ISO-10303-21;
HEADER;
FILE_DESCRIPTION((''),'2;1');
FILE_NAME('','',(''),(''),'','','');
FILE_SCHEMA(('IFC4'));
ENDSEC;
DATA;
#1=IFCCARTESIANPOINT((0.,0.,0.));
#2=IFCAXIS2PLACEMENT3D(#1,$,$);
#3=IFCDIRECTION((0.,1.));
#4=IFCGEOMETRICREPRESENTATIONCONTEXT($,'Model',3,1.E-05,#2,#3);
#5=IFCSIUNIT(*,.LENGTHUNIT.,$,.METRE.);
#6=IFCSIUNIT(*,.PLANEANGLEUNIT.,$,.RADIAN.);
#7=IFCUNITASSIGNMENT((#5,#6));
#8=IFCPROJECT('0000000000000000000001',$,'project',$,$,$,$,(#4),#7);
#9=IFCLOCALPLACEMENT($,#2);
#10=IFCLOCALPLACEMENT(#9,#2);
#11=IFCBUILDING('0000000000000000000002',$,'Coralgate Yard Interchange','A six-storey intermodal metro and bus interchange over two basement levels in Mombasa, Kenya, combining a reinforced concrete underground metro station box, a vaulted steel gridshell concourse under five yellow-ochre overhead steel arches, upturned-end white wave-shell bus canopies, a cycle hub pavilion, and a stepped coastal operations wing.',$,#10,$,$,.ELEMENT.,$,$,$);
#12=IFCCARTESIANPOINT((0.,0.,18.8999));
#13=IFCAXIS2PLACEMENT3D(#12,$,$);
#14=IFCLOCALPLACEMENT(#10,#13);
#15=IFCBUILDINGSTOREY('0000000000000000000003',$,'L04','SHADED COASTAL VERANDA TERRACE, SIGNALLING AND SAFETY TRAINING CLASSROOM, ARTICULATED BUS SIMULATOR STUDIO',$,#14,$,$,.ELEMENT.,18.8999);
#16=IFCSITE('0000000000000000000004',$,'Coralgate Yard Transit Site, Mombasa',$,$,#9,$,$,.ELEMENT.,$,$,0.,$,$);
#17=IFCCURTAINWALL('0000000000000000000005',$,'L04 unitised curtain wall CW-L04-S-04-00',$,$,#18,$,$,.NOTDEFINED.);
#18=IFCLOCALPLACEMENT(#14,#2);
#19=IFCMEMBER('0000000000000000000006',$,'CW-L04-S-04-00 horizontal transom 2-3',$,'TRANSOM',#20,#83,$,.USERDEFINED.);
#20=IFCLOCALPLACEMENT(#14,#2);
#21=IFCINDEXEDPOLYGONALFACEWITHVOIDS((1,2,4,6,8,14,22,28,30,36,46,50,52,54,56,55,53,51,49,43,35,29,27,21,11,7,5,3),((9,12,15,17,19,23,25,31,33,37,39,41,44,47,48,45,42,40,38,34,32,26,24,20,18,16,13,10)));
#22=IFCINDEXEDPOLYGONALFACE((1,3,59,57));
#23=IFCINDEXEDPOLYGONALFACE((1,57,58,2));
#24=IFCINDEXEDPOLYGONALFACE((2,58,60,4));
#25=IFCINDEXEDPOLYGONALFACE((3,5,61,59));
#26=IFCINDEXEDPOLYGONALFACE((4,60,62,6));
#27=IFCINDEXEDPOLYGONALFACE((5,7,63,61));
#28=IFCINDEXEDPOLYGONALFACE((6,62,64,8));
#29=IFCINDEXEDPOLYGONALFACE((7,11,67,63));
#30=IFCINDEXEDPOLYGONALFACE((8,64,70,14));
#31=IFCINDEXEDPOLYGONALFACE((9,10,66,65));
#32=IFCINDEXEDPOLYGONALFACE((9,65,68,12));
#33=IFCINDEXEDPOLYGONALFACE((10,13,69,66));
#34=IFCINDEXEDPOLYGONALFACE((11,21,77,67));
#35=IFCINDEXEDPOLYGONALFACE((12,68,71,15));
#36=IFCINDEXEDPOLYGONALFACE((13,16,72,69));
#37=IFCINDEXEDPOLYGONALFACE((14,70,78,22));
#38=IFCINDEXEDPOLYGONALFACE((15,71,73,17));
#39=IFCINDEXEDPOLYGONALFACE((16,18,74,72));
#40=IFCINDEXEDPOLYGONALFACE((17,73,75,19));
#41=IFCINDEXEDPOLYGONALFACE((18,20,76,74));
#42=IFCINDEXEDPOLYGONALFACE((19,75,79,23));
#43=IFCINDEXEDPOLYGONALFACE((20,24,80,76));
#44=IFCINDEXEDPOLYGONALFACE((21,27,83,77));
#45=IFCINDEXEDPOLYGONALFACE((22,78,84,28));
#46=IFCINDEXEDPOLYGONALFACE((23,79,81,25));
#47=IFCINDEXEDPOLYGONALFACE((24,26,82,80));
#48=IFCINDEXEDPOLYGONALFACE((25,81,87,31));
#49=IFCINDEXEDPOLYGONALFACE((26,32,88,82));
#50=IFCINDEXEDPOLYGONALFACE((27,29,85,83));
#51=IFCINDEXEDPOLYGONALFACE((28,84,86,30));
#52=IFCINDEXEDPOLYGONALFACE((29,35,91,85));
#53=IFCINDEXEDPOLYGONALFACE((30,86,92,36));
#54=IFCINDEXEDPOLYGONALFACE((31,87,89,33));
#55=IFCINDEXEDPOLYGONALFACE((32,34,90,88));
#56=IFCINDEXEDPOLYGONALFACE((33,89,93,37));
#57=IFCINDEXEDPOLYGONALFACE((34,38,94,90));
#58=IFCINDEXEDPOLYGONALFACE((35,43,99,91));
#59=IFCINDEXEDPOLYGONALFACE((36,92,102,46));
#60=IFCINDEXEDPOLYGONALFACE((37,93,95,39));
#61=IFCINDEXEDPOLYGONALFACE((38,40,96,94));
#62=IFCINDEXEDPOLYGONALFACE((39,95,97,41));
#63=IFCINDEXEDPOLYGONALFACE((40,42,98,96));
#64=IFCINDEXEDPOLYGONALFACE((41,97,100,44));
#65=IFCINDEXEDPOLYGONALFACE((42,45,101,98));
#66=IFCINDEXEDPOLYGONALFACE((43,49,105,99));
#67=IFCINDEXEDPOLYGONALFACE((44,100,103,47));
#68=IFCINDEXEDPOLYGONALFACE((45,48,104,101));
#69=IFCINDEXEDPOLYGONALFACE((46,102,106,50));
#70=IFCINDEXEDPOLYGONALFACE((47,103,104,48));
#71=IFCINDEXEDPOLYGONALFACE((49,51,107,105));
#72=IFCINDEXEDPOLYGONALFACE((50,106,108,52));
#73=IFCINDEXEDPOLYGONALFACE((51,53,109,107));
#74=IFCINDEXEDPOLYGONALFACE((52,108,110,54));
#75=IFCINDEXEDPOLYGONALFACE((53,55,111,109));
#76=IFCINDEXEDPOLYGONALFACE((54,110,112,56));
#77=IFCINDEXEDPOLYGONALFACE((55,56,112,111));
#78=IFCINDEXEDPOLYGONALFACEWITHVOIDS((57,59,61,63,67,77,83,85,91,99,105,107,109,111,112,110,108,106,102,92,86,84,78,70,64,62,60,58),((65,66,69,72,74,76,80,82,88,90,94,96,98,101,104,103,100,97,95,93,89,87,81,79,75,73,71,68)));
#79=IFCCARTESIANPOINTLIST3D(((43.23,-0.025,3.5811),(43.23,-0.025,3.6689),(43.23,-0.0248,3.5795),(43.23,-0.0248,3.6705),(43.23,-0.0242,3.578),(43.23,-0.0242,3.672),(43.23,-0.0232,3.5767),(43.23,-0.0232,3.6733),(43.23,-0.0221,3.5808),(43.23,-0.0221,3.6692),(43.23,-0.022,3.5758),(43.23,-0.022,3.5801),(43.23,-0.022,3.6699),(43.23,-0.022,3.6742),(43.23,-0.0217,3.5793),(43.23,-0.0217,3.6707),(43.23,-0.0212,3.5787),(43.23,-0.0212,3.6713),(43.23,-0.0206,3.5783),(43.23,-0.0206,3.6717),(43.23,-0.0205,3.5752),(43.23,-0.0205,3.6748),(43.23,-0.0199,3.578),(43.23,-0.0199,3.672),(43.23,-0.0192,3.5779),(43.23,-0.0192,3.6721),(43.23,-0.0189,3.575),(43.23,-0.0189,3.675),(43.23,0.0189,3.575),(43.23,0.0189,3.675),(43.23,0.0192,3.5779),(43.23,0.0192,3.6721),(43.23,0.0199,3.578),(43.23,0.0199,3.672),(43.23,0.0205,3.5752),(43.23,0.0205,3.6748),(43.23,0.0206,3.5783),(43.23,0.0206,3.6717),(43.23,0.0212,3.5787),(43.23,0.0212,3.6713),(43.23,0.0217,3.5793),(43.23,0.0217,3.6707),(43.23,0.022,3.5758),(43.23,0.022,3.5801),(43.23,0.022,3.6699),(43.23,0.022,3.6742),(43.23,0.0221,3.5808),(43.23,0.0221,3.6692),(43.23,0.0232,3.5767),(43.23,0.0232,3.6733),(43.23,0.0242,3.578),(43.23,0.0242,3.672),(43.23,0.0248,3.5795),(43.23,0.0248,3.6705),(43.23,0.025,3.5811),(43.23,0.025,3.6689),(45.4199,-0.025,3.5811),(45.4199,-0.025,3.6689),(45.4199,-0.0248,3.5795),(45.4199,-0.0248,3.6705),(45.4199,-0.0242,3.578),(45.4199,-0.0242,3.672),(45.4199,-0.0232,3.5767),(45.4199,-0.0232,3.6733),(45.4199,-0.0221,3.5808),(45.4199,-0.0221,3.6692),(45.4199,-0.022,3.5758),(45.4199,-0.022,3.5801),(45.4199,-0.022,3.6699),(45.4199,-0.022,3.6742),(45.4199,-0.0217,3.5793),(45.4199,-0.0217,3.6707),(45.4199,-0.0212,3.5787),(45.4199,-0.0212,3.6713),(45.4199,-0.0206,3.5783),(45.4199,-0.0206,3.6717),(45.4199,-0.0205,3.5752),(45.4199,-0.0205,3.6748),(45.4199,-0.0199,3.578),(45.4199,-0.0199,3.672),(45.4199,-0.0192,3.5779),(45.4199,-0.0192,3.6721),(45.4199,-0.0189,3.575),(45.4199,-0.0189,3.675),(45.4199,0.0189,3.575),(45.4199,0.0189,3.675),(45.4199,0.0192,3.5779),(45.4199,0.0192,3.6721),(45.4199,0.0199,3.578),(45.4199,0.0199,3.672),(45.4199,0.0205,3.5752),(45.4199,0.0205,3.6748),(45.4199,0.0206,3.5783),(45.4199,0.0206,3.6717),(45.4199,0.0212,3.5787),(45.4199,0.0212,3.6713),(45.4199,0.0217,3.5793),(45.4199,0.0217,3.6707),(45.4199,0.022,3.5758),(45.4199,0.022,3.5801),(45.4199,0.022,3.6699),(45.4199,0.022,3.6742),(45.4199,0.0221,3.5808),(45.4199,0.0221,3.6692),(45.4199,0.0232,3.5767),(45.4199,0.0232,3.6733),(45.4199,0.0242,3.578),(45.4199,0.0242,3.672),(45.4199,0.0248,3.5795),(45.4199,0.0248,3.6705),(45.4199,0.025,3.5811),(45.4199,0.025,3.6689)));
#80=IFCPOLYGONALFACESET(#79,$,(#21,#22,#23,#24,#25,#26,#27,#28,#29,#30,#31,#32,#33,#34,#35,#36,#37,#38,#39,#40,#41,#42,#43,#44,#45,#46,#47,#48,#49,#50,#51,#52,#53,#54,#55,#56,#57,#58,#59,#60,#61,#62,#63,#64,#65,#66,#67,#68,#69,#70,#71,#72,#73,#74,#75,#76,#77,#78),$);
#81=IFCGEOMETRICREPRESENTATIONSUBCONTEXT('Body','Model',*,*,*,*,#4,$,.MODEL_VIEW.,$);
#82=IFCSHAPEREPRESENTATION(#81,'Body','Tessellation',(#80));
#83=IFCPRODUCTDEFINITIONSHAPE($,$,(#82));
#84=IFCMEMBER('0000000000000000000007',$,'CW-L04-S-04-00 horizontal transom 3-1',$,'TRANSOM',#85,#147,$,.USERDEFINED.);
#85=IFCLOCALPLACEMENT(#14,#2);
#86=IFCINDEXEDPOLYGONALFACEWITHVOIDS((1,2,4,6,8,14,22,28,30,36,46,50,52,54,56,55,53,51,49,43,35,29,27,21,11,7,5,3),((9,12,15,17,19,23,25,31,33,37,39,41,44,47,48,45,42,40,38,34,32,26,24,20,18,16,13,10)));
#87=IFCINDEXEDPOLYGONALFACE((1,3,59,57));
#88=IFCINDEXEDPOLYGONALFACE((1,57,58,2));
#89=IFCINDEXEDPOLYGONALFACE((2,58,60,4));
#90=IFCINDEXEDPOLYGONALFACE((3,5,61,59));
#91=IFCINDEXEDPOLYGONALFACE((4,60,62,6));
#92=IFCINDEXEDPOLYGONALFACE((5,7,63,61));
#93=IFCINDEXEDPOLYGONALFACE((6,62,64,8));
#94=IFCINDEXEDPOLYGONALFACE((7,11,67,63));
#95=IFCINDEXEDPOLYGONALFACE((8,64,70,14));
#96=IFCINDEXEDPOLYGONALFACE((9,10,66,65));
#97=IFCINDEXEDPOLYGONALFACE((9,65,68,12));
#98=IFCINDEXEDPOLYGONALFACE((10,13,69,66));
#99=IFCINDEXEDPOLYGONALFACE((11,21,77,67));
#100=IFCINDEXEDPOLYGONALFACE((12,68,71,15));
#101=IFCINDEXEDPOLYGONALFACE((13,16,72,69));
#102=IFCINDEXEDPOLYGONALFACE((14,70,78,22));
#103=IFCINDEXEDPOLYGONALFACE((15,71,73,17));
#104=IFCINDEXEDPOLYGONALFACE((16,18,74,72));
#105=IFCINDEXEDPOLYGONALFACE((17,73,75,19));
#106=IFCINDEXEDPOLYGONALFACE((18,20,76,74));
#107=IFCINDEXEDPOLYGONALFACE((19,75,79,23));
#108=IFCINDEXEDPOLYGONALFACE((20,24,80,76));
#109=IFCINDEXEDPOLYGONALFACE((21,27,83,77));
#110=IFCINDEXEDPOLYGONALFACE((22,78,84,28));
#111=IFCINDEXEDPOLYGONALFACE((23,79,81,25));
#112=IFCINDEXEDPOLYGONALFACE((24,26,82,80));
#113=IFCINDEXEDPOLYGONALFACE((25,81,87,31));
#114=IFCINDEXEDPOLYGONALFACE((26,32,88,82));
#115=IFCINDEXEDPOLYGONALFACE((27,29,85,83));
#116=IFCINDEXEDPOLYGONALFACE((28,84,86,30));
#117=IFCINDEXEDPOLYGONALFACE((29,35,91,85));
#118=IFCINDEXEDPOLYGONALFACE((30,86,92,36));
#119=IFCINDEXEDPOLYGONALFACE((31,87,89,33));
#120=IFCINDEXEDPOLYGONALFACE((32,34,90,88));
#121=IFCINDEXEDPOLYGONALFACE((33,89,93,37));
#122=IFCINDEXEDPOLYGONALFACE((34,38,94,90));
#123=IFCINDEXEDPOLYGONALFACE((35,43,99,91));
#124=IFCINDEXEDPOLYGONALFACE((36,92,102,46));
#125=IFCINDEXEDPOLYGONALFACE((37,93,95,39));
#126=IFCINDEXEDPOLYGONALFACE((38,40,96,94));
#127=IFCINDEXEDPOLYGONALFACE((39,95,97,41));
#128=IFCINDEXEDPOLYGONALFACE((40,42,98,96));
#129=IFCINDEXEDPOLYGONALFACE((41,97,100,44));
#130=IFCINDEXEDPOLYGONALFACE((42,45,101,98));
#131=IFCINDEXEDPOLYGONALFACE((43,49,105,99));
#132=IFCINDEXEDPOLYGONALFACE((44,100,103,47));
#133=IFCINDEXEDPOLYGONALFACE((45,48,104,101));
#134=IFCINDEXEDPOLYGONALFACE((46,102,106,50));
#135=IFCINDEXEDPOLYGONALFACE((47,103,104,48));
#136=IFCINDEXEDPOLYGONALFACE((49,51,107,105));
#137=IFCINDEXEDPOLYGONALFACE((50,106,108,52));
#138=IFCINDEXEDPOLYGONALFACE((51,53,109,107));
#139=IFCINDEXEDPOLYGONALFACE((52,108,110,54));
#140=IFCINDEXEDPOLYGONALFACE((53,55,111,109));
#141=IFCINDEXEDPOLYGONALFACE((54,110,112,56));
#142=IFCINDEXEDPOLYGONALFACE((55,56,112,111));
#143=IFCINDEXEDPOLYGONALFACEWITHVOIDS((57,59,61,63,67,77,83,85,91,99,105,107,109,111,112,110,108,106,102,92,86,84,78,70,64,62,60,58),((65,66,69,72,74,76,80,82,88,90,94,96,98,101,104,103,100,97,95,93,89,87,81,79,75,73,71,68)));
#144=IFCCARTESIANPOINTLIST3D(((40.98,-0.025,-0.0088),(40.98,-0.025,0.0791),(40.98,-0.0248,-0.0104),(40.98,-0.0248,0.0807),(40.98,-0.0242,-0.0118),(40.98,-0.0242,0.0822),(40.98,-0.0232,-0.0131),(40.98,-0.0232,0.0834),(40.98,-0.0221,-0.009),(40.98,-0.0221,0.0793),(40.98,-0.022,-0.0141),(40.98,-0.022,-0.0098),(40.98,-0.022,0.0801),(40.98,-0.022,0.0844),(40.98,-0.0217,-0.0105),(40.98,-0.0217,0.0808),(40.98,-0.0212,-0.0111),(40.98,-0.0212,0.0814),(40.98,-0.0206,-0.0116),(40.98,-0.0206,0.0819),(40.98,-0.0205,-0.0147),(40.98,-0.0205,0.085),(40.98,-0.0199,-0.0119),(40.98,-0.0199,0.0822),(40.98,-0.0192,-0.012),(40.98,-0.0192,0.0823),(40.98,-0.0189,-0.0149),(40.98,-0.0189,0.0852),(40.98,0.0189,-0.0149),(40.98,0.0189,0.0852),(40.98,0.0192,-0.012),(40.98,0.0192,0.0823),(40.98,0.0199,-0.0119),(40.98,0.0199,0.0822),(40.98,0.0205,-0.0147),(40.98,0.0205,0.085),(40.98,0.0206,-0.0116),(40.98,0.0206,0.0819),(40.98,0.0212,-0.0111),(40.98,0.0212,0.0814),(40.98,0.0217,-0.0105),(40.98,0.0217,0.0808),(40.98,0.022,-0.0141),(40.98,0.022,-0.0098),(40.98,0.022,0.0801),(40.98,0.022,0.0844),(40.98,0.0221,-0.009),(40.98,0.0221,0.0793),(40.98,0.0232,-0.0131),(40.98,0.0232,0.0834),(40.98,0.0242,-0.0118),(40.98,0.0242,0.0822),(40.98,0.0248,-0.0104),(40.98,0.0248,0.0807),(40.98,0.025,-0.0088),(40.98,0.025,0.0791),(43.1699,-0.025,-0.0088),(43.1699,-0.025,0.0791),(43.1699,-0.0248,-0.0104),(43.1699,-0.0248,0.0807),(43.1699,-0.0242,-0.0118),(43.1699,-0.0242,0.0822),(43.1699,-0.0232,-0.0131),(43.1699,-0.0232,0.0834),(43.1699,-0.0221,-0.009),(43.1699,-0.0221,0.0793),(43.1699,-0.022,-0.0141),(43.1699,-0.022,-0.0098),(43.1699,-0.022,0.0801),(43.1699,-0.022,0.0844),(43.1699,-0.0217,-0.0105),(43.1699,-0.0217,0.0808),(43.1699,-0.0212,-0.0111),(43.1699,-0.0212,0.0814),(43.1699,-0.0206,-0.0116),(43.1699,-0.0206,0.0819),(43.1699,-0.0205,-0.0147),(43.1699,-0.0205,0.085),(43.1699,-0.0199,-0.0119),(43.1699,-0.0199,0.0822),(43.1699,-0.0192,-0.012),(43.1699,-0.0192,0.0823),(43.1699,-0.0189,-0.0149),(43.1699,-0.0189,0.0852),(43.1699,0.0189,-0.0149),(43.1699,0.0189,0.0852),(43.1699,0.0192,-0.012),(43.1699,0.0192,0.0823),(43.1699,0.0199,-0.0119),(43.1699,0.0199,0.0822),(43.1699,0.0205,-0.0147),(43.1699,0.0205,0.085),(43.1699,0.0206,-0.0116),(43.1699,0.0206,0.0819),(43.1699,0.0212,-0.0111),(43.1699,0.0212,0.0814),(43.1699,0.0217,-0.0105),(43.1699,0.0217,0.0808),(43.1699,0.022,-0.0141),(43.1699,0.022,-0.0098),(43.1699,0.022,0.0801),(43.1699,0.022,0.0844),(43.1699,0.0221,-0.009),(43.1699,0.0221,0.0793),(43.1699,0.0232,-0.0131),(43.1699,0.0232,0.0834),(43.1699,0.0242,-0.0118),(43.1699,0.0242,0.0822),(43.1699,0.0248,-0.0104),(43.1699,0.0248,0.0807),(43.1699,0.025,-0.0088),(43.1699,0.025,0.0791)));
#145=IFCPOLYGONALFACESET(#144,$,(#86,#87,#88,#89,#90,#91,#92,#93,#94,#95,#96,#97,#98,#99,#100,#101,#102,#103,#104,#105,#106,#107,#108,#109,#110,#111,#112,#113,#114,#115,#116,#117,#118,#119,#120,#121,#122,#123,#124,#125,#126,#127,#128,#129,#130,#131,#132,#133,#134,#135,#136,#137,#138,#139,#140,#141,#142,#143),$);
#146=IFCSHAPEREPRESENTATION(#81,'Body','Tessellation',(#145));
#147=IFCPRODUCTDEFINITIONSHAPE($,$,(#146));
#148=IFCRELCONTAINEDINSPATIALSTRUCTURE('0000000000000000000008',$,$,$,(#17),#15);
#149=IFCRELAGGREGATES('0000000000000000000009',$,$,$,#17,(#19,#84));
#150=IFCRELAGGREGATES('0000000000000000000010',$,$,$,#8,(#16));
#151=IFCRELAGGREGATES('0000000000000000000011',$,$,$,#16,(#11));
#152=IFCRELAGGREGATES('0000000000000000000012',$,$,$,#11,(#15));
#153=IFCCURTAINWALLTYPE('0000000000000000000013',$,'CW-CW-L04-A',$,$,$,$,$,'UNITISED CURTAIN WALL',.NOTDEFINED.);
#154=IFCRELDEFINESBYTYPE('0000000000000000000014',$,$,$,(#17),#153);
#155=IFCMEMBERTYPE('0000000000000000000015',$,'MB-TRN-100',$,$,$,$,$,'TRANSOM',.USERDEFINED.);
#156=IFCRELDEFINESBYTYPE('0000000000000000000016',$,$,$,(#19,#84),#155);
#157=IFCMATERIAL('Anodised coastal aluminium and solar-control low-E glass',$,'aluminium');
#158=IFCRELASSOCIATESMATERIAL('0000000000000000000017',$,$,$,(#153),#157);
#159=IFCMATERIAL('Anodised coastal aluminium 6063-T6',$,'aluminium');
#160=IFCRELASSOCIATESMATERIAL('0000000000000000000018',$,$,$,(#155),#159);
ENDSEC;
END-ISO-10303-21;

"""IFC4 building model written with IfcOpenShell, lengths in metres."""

from ifc_helpers import new_model, si_unit, direction, frame, origin, origin_2d, place, context, subcontext, project, spatial, hollow_rectangle, extrude, material, material_profile, profile_set, type_object, element, aggregate, save


model = new_model("IFC4")

# Units and contexts
model_context = context("Model", 3, precision=1e-05, world=origin(), true_north=direction((0.0, 1.0)))
body_context = subcontext(model_context, "Body", "Model", "MODEL_VIEW")
ifc_project = project(units=[si_unit("LENGTHUNIT", "METRE"), si_unit("PLANEANGLEUNIT", "RADIAN")], contexts=[model_context])

# Site, building, storey
site_placement = place(None, origin())
site = spatial("IfcSite", under=ifc_project, at=site_placement, Name="Coralgate Yard Transit Site, Mombasa", CompositionType="ELEMENT", RefElevation=0.0)
building_placement = place(site_placement, origin())
building = spatial("IfcBuilding", under=site, at=building_placement, Name="Coralgate Yard Interchange", Description="A six-storey intermodal metro and bus interchange over two basement levels in Mombasa, Kenya, combining a reinforced concrete underground metro station box, a vaulted steel gridshell concourse under five yellow-ochre overhead steel arches, upturned-end white wave-shell bus canopies, a cycle hub pavilion, and a stepped coastal operations wing.", CompositionType="ELEMENT")
storey_placement = place(building_placement, frame((0.0, 0.0, 18.8999)))
storey = spatial("IfcBuildingStorey", under=building, at=storey_placement, Name="L04", Description="SHADED COASTAL VERANDA TERRACE, SIGNALLING AND SAFETY TRAINING CLASSROOM, ARTICULATED BUS SIMULATOR STUDIO", CompositionType="ELEMENT", Elevation=18.8999)

# Curtain wall, members
ifc_material_1 = material(Name="Anodised coastal aluminium and solar-control low-E glass", Category="aluminium")
curtain_wall_type = type_object("IfcCurtainWallType", Name="CW-CW-L04-A", ElementType="UNITISED CURTAIN WALL", PredefinedType="NOTDEFINED", material=ifc_material_1)
curtain_wall_placement = place(storey_placement, origin())
curtain_wall = element("IfcCurtainWall", 1, at=curtain_wall_placement, inside=storey, type_object=curtain_wall_type, Name="L04 unitised curtain wall CW-L04-S-04-00", PredefinedType="NOTDEFINED")
ifc_material_2 = material(Name="Anodised coastal aluminium 6063-T6", Category="aluminium")
ifc_material_profile_1 = material_profile(ifc_material_2, hollow_rectangle(XDim=0.05, YDim=0.1001, WallThickness=0.0029, InnerFilletRadius=0.0029, OuterFilletRadius=0.0061, at=origin_2d()), Name="ALU 50x100x3")
ifc_profile_set_1 = profile_set([ifc_material_profile_1], Name="Anodised coastal aluminium 6063-T6")
member_type_1 = type_object("IfcMemberType", Name="MB-TRN-100", ElementType="TRANSOM", PredefinedType="USERDEFINED", material=ifc_profile_set_1)
member_1_placement = place(storey_placement, frame((45.4199, 0.0, 3.625), z_axis=(-1.0, 0.0, 0.0), x_axis=(0.0, -1.0, 0.0)))
member_1 = element("IfcMember", 2, at=member_1_placement, type_object=member_type_1, Name="CW-L04-S-04-00 horizontal transom 2-3", ObjectType="TRANSOM", PredefinedType="USERDEFINED", context=body_context, shape_type="SweptSolid", body=[
    extrude(hollow_rectangle(XDim=0.05, YDim=0.1001, WallThickness=0.0029, InnerFilletRadius=0.0029, OuterFilletRadius=0.0061, at=origin_2d()), origin(), (0.0, 0.0, 1.0), 2.1899),
])
member_2_placement = place(storey_placement, frame((43.1699, 0.0, 0.0352), z_axis=(-1.0, 0.0, 0.0), x_axis=(0.0, -1.0, 0.0)))
member_2 = element("IfcMember", 3, at=member_2_placement, type_object=member_type_1, Name="CW-L04-S-04-00 horizontal transom 3-1", ObjectType="TRANSOM", PredefinedType="USERDEFINED", context=body_context, shape_type="SweptSolid", body=[
    extrude(hollow_rectangle(XDim=0.05, YDim=0.1001, WallThickness=0.0029, InnerFilletRadius=0.0029, OuterFilletRadius=0.0061, at=origin_2d()), origin(), (0.0, 0.0, 1.0), 2.1899),
])
aggregate(curtain_wall, [member_1, member_2])

save(model, "model.ifc")
